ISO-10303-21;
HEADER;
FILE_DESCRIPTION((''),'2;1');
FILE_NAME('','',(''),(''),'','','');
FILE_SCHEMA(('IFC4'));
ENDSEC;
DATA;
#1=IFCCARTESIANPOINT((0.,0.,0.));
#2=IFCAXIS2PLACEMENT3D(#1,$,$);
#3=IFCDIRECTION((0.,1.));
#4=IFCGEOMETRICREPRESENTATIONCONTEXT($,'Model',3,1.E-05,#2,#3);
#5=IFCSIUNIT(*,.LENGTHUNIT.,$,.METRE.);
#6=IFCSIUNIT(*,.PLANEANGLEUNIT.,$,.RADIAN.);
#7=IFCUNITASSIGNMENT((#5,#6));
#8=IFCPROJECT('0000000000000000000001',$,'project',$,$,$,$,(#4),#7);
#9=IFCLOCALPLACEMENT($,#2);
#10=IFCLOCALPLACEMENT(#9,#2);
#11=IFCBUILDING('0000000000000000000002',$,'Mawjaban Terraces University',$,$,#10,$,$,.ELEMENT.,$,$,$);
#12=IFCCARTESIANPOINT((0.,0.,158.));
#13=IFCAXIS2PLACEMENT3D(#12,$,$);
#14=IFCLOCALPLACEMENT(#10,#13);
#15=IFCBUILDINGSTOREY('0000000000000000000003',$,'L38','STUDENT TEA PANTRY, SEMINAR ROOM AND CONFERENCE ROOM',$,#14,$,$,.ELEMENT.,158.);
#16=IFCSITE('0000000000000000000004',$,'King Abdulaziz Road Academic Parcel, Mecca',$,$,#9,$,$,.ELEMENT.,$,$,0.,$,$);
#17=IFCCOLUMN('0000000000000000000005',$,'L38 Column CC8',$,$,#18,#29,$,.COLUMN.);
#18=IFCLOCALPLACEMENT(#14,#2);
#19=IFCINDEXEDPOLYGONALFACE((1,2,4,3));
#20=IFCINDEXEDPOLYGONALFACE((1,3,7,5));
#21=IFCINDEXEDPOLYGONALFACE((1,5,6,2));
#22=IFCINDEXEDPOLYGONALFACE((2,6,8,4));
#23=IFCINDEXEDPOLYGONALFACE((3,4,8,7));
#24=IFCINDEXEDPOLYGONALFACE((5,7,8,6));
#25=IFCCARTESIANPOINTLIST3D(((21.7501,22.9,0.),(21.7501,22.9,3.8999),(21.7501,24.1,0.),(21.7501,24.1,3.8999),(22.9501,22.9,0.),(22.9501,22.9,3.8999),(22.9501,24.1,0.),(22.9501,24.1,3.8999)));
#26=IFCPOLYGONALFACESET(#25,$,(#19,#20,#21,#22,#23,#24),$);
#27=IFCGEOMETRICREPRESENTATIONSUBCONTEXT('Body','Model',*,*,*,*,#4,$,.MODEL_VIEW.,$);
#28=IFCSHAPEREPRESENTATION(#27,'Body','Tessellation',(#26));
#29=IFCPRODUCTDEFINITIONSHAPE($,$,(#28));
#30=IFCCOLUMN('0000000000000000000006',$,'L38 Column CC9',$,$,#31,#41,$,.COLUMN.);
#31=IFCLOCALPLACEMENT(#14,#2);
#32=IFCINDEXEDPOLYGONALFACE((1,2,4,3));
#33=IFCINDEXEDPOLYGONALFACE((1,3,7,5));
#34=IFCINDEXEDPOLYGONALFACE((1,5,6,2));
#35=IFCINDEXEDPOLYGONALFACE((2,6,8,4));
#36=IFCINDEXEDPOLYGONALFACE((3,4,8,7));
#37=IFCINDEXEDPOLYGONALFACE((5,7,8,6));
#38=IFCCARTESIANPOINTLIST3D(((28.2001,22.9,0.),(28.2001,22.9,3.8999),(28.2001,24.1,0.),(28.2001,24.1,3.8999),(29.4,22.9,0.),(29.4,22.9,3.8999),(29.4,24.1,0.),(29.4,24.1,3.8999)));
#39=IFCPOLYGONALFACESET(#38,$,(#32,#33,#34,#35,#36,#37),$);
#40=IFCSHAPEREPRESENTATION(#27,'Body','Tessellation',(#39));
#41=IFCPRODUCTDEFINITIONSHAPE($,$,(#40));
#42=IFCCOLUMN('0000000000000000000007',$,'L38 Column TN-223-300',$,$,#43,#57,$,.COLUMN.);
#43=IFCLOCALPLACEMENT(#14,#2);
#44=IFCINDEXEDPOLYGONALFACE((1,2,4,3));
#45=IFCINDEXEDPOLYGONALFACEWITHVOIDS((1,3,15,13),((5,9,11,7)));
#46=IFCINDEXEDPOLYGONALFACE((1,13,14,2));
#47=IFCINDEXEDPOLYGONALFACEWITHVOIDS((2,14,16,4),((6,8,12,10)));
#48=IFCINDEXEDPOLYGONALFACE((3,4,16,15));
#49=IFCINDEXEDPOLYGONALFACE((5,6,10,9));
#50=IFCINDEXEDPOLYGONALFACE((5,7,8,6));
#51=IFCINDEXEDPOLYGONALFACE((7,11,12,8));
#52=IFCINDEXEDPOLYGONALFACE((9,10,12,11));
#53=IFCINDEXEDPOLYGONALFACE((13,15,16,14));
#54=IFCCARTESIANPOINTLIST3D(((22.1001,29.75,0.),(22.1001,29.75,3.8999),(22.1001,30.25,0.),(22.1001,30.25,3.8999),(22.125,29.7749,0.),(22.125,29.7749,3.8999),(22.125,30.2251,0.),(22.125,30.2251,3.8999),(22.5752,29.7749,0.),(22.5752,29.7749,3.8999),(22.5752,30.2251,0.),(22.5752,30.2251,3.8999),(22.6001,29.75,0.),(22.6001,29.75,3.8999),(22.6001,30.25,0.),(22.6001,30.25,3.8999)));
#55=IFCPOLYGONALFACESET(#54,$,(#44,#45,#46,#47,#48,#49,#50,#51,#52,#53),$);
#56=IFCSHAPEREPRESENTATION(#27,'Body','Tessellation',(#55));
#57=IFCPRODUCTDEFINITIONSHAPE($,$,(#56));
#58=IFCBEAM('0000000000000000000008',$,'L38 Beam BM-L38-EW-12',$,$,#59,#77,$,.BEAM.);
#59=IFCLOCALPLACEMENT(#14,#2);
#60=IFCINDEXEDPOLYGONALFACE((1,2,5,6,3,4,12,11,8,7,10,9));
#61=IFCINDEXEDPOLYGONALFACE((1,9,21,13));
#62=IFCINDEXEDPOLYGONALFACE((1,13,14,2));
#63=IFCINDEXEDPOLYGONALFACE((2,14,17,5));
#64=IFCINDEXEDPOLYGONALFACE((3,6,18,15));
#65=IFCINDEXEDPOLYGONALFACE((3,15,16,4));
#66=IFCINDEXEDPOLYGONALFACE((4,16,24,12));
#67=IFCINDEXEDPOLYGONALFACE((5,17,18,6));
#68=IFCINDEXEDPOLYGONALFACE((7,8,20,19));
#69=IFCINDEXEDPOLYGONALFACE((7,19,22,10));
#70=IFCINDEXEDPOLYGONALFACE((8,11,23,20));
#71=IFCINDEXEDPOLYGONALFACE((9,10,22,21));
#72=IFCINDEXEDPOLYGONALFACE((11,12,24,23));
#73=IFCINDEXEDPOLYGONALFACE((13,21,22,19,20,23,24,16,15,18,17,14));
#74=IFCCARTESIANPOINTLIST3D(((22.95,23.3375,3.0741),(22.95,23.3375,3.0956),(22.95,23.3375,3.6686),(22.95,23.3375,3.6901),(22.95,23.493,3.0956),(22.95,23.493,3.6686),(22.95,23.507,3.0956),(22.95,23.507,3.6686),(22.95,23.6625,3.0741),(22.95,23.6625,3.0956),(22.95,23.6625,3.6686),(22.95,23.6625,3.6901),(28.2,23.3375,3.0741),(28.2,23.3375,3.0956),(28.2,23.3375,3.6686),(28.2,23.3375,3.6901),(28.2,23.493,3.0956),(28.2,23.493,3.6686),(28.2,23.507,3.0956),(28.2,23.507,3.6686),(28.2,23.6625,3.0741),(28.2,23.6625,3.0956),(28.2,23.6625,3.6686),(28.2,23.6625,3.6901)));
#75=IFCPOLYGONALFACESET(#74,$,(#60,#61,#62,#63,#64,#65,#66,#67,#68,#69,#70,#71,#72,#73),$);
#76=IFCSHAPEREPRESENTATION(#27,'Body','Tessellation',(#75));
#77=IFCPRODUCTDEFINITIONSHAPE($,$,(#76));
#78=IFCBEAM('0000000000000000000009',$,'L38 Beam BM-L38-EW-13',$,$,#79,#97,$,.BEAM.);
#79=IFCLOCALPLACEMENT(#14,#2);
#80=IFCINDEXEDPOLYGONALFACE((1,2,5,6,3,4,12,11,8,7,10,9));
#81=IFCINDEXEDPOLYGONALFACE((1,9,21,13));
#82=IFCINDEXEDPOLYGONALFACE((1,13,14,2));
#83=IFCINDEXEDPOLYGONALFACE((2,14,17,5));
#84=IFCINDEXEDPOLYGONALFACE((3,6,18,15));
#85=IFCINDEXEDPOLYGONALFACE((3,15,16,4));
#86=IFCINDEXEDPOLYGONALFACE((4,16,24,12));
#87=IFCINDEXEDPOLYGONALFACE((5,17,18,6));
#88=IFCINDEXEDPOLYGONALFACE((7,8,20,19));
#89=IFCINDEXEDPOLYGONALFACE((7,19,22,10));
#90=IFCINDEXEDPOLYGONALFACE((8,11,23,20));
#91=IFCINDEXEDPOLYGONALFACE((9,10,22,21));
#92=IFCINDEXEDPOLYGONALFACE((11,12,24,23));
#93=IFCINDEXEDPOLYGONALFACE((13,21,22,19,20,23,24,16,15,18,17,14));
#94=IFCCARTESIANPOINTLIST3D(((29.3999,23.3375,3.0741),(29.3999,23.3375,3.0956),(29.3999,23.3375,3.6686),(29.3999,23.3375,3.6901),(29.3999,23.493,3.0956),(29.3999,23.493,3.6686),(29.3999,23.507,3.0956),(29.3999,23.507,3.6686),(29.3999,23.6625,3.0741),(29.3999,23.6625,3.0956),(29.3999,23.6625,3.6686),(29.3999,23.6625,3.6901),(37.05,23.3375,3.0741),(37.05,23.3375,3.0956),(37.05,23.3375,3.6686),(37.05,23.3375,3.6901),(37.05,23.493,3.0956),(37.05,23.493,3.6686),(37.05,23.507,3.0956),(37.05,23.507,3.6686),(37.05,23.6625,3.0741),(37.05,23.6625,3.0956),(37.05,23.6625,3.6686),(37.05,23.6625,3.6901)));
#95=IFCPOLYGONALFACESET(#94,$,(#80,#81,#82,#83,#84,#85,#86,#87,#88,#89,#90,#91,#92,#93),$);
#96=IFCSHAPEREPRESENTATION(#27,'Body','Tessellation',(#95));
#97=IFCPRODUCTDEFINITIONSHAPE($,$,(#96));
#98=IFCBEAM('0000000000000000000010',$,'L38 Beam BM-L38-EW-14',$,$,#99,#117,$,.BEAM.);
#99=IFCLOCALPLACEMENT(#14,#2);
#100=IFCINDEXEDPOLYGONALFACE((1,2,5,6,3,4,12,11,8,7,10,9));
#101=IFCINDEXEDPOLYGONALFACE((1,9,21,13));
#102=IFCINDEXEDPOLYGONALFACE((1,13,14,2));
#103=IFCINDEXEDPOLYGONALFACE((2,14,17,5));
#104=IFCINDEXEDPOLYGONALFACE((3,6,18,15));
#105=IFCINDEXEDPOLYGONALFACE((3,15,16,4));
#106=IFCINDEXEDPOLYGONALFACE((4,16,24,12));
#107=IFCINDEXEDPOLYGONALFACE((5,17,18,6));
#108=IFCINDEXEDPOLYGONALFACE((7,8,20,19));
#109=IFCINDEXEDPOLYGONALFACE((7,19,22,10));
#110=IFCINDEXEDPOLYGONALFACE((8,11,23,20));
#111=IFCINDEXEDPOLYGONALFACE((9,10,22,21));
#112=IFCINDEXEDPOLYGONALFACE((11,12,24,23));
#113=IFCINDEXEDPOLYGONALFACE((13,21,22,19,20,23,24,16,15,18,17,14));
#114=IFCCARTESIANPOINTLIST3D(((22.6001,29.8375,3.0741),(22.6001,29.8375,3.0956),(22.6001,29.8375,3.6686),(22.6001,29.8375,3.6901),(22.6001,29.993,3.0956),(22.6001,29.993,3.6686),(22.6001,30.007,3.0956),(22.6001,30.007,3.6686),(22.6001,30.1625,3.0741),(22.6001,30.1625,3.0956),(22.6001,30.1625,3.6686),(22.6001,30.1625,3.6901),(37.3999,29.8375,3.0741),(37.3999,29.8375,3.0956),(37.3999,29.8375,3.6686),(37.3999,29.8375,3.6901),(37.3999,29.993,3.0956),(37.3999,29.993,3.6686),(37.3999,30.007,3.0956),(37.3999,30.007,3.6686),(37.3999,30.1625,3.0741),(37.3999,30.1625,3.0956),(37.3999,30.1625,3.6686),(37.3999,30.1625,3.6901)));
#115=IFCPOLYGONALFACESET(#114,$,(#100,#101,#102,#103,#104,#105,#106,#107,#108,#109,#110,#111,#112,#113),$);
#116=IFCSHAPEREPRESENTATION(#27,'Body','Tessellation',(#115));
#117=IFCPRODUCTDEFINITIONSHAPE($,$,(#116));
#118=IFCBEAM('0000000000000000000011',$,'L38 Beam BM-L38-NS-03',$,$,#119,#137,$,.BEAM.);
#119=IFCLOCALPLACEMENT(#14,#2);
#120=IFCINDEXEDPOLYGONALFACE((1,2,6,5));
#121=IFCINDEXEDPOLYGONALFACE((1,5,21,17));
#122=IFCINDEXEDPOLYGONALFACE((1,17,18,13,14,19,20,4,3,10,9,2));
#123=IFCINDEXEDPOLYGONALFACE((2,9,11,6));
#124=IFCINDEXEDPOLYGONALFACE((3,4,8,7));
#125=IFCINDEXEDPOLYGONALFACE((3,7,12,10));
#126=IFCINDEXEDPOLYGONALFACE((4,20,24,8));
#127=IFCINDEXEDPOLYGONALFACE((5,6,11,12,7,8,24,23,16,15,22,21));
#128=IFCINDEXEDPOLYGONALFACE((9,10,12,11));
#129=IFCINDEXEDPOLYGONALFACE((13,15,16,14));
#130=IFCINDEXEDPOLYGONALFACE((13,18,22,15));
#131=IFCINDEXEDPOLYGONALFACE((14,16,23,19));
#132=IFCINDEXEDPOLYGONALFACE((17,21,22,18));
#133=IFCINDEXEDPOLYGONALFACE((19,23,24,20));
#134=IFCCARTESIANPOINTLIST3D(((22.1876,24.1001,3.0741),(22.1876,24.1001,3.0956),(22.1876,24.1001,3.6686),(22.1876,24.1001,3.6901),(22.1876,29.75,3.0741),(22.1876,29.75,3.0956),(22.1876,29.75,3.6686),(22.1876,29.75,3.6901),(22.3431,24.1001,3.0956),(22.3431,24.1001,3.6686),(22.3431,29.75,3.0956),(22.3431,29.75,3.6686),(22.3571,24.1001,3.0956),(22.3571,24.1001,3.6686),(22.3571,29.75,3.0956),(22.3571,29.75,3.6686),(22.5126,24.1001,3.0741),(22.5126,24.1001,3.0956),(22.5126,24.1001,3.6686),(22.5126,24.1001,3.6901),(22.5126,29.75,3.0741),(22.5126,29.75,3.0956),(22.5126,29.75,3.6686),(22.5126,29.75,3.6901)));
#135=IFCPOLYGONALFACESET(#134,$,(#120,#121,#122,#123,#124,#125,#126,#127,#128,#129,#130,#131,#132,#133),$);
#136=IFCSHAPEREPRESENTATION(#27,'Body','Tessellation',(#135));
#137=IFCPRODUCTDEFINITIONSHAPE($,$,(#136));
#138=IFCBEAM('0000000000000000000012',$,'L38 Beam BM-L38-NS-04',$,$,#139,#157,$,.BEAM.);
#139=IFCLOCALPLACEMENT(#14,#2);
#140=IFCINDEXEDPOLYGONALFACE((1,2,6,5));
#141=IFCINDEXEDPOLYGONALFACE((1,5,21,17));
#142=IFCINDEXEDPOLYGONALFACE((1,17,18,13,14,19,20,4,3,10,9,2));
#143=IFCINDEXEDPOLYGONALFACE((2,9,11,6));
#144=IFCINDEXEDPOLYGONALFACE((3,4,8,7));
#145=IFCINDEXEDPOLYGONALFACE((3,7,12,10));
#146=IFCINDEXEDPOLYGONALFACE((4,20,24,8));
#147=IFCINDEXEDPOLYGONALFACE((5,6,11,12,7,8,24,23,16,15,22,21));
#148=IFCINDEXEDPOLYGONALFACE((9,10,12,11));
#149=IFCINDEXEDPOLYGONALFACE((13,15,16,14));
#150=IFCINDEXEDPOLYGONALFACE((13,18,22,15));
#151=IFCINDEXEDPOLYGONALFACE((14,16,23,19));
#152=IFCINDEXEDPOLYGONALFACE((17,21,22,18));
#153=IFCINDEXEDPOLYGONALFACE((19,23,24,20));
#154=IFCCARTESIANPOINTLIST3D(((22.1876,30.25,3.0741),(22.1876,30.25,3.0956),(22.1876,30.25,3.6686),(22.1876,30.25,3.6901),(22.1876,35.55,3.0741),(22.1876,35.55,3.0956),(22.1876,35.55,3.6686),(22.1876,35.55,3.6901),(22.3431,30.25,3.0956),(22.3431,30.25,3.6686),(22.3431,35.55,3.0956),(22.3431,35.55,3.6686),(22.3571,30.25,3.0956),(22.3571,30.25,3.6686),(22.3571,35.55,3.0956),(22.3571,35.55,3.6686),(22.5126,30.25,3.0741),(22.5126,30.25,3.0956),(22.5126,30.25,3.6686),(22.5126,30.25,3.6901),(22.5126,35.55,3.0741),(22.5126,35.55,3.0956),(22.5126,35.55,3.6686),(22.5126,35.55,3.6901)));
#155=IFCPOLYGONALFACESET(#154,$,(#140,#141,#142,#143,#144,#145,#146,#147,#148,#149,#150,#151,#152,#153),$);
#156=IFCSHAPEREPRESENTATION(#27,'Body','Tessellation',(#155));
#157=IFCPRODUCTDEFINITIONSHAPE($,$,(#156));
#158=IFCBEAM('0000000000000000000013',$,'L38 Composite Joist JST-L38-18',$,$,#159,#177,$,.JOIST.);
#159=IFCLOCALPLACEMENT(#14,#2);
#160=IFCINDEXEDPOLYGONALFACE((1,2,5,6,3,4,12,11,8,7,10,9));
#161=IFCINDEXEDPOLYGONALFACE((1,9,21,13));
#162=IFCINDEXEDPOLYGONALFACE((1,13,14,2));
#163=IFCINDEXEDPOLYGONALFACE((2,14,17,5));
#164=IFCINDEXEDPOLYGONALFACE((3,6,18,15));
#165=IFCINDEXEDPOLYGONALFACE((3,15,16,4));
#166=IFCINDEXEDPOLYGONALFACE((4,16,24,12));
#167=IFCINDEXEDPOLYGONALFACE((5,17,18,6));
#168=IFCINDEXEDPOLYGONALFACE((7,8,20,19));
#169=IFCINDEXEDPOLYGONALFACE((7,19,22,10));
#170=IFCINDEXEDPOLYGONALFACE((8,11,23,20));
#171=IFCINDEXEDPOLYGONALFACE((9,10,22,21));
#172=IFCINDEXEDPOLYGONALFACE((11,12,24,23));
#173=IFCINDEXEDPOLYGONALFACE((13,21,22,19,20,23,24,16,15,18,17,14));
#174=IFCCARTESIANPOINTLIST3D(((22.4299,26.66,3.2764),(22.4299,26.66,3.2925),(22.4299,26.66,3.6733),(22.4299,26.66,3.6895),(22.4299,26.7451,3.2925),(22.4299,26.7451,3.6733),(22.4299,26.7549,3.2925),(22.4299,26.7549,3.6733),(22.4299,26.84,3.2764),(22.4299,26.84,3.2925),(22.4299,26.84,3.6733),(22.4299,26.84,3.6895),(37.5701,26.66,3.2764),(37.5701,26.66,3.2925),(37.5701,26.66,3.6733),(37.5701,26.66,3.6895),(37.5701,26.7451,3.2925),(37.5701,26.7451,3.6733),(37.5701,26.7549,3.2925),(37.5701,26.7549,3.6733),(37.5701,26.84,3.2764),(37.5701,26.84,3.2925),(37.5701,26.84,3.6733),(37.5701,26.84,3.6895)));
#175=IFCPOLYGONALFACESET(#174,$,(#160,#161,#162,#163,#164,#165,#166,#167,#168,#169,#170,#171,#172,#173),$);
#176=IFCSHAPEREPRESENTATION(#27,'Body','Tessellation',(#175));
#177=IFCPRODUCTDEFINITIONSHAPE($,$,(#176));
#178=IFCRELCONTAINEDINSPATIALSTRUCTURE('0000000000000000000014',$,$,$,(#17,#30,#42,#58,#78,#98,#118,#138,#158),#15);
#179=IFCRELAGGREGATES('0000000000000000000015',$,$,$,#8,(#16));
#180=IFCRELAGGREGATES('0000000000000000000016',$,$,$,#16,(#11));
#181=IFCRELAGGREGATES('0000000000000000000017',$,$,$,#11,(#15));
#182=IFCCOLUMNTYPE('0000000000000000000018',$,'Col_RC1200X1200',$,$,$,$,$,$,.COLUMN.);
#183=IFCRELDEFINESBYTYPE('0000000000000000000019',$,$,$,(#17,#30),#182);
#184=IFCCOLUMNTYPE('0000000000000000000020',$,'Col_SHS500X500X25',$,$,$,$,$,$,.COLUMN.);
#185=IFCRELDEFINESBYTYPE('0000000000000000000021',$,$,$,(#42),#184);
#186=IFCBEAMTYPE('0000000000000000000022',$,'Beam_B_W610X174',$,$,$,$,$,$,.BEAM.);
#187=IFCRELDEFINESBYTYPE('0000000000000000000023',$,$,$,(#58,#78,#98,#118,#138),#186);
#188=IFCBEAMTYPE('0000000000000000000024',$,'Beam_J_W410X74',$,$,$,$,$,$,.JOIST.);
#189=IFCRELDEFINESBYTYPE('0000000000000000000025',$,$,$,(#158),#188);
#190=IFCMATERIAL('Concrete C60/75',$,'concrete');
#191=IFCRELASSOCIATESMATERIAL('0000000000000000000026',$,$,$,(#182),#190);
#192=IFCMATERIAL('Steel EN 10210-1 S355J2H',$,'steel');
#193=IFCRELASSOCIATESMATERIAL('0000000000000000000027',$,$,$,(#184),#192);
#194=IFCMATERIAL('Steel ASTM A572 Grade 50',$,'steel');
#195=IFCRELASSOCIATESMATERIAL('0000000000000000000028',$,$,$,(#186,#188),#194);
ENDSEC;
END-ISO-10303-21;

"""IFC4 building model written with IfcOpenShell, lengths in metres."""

from ifc_helpers import new_model, si_unit, direction, frame, origin, origin_2d, place, context, subcontext, project, spatial, rectangle, hollow_rectangle, i_section, extrude, material, material_profile, profile_set, type_object, element, save


model = new_model("IFC4")

# Units and contexts
model_context = context("Model", 3, precision=1e-05, world=origin(), true_north=direction((0.0, 1.0)))
body_context = subcontext(model_context, "Body", "Model", "MODEL_VIEW")
ifc_project = project(units=[si_unit("LENGTHUNIT", "METRE"), si_unit("PLANEANGLEUNIT", "RADIAN")], contexts=[model_context])

# Site, building, storey
site_placement = place(None, origin())
site = spatial("IfcSite", under=ifc_project, at=site_placement, Name="King Abdulaziz Road Academic Parcel, Mecca", CompositionType="ELEMENT", RefElevation=0.0)
building_placement = place(site_placement, origin())
building = spatial("IfcBuilding", under=site, at=building_placement, Name="Mawjaban Terraces University", CompositionType="ELEMENT")
storey_placement = place(building_placement, frame((0.0, 0.0, 158.0)))
storey = spatial("IfcBuildingStorey", under=building, at=storey_placement, Name="L38", Description="STUDENT TEA PANTRY, SEMINAR ROOM AND CONFERENCE ROOM", CompositionType="ELEMENT", Elevation=158.0)

# Columns
ifc_material_1 = material(Name="Concrete C60/75", Category="concrete")
ifc_material_profile_1 = material_profile(ifc_material_1, rectangle(XDim=1.2, YDim=1.2, at=origin_2d()), Name="RC1200X1200")
ifc_profile_set_1 = profile_set([ifc_material_profile_1], Name="Concrete C60/75")
column_type_1 = type_object("IfcColumnType", Name="Col_RC1200X1200", PredefinedType="COLUMN", material=ifc_profile_set_1)
for number, where, z_axis, x_axis, name in (
    (1, (22.3501, 23.5, 0.0), (0.0, 0.0, 1.0), (1.0, 0.0, 0.0), "L38 Column CC8"),
    (2, (28.8, 23.5, 0.0), (0.0, 0.0, 1.0), (1.0, 0.0, 0.0), "L38 Column CC9"),
):
    element("IfcColumn", number, at=place(storey_placement, frame(where, z_axis=z_axis, x_axis=x_axis)), inside=storey, type_object=column_type_1, Name=name, PredefinedType="COLUMN", context=body_context, shape_type="SweptSolid", body=[
        extrude(rectangle(XDim=1.2, YDim=1.2, at=origin_2d()), origin(), (0.0, 0.0, 1.0), 3.8999),
    ])
ifc_material_2 = material(Name="Steel EN 10210-1 S355J2H", Category="steel")
ifc_material_profile_2 = material_profile(ifc_material_2, hollow_rectangle(XDim=0.5, YDim=0.5, WallThickness=0.0249, at=origin_2d()), Name="SHS500X500X25")
ifc_profile_set_2 = profile_set([ifc_material_profile_2], Name="Steel EN 10210-1 S355J2H")
column_type_2 = type_object("IfcColumnType", Name="Col_SHS500X500X25", PredefinedType="COLUMN", material=ifc_profile_set_2)
column_placement = place(storey_placement, frame((22.3501, 30.0, 0.0), z_axis=(0.0, 0.0, 1.0), x_axis=(1.0, 0.0, 0.0)))
element("IfcColumn", 3, at=column_placement, inside=storey, type_object=column_type_2, Name="L38 Column TN-223-300", PredefinedType="COLUMN", context=body_context, shape_type="SweptSolid", body=[
    extrude(hollow_rectangle(XDim=0.5, YDim=0.5, WallThickness=0.0249, at=origin_2d()), origin(), (0.0, 0.0, 1.0), 3.8999),
])

# Beams
ifc_material_3 = material(Name="Steel ASTM A572 Grade 50", Category="steel")
ifc_material_profile_3 = material_profile(ifc_material_3, i_section(OverallWidth=0.325, OverallDepth=0.616, WebThickness=0.0139, FlangeThickness=0.0215, at=origin_2d()), Name="W610X174")
ifc_profile_set_3 = profile_set([ifc_material_profile_3], Name="Steel ASTM A572 Grade 50")
beam_type_1 = type_object("IfcBeamType", Name="Beam_B_W610X174", PredefinedType="BEAM", material=ifc_profile_set_3)
beam_1_placement = place(storey_placement, frame((22.95, 23.5, 3.3821), z_axis=(1.0, 0.0, 0.0), x_axis=(0.0, 1.0, 0.0)))
element("IfcBeam", 4, at=beam_1_placement, inside=storey, type_object=beam_type_1, Name="L38 Beam BM-L38-EW-12", PredefinedType="BEAM", context=body_context, shape_type="SweptSolid", body=[
    extrude(i_section(OverallWidth=0.325, OverallDepth=0.616, WebThickness=0.0139, FlangeThickness=0.0215, at=origin_2d()), origin(), (0.0, 0.0, 1.0), 5.25),
])
beam_2_placement = place(storey_placement, frame((29.3999, 23.5, 3.3821), z_axis=(1.0, 0.0, 0.0), x_axis=(0.0, 1.0, 0.0)))
element("IfcBeam", 5, at=beam_2_placement, inside=storey, type_object=beam_type_1, Name="L38 Beam BM-L38-EW-13", PredefinedType="BEAM", context=body_context, shape_type="SweptSolid", body=[
    extrude(i_section(OverallWidth=0.325, OverallDepth=0.616, WebThickness=0.0139, FlangeThickness=0.0215, at=origin_2d()), origin(), (0.0, 0.0, 1.0), 7.6501),
])
beam_3_placement = place(storey_placement, frame((22.6001, 30.0, 3.3821), z_axis=(1.0, 0.0, 0.0), x_axis=(0.0, 1.0, 0.0)))
element("IfcBeam", 6, at=beam_3_placement, inside=storey, type_object=beam_type_1, Name="L38 Beam BM-L38-EW-14", PredefinedType="BEAM", context=body_context, shape_type="SweptSolid", body=[
    extrude(i_section(OverallWidth=0.325, OverallDepth=0.616, WebThickness=0.0139, FlangeThickness=0.0215, at=origin_2d()), origin(), (0.0, 0.0, 1.0), 14.7998),
])
beam_4_placement = place(storey_placement, frame((22.3501, 24.1001, 3.3821), z_axis=(0.0, 1.0, 0.0), x_axis=(-1.0, 0.0, 0.0)))
element("IfcBeam", 7, at=beam_4_placement, inside=storey, type_object=beam_type_1, Name="L38 Beam BM-L38-NS-03", PredefinedType="BEAM", context=body_context, shape_type="SweptSolid", body=[
    extrude(i_section(OverallWidth=0.325, OverallDepth=0.616, WebThickness=0.0139, FlangeThickness=0.0215, at=origin_2d()), origin(), (0.0, 0.0, 1.0), 5.6499),
])
beam_5_placement = place(storey_placement, frame((22.3501, 30.25, 3.3821), z_axis=(0.0, 1.0, 0.0), x_axis=(-1.0, 0.0, 0.0)))
element("IfcBeam", 8, at=beam_5_placement, inside=storey, type_object=beam_type_1, Name="L38 Beam BM-L38-NS-04", PredefinedType="BEAM", context=body_context, shape_type="SweptSolid", body=[
    extrude(i_section(OverallWidth=0.325, OverallDepth=0.616, WebThickness=0.0139, FlangeThickness=0.0215, at=origin_2d()), origin(), (0.0, 0.0, 1.0), 5.3),
])
ifc_material_profile_4 = material_profile(ifc_material_3, i_section(OverallWidth=0.1799, OverallDepth=0.4131, WebThickness=0.0098, FlangeThickness=0.0161, at=origin_2d()), Name="W410X74")
ifc_profile_set_4 = profile_set([ifc_material_profile_4], Name="Steel ASTM A572 Grade 50")
beam_type_2 = type_object("IfcBeamType", Name="Beam_J_W410X74", PredefinedType="JOIST", material=ifc_profile_set_4)
beam_6_placement = place(storey_placement, frame((22.4299, 26.75, 3.4829), z_axis=(1.0, 0.0, 0.0), x_axis=(0.0, 1.0, 0.0)))
element("IfcBeam", 9, at=beam_6_placement, inside=storey, type_object=beam_type_2, Name="L38 Composite Joist JST-L38-18", PredefinedType="JOIST", context=body_context, shape_type="SweptSolid", body=[
    extrude(i_section(OverallWidth=0.1799, OverallDepth=0.4131, WebThickness=0.0098, FlangeThickness=0.0161, at=origin_2d()), origin(), (0.0, 0.0, 1.0), 15.1401),
])

save(model, "model.ifc")
